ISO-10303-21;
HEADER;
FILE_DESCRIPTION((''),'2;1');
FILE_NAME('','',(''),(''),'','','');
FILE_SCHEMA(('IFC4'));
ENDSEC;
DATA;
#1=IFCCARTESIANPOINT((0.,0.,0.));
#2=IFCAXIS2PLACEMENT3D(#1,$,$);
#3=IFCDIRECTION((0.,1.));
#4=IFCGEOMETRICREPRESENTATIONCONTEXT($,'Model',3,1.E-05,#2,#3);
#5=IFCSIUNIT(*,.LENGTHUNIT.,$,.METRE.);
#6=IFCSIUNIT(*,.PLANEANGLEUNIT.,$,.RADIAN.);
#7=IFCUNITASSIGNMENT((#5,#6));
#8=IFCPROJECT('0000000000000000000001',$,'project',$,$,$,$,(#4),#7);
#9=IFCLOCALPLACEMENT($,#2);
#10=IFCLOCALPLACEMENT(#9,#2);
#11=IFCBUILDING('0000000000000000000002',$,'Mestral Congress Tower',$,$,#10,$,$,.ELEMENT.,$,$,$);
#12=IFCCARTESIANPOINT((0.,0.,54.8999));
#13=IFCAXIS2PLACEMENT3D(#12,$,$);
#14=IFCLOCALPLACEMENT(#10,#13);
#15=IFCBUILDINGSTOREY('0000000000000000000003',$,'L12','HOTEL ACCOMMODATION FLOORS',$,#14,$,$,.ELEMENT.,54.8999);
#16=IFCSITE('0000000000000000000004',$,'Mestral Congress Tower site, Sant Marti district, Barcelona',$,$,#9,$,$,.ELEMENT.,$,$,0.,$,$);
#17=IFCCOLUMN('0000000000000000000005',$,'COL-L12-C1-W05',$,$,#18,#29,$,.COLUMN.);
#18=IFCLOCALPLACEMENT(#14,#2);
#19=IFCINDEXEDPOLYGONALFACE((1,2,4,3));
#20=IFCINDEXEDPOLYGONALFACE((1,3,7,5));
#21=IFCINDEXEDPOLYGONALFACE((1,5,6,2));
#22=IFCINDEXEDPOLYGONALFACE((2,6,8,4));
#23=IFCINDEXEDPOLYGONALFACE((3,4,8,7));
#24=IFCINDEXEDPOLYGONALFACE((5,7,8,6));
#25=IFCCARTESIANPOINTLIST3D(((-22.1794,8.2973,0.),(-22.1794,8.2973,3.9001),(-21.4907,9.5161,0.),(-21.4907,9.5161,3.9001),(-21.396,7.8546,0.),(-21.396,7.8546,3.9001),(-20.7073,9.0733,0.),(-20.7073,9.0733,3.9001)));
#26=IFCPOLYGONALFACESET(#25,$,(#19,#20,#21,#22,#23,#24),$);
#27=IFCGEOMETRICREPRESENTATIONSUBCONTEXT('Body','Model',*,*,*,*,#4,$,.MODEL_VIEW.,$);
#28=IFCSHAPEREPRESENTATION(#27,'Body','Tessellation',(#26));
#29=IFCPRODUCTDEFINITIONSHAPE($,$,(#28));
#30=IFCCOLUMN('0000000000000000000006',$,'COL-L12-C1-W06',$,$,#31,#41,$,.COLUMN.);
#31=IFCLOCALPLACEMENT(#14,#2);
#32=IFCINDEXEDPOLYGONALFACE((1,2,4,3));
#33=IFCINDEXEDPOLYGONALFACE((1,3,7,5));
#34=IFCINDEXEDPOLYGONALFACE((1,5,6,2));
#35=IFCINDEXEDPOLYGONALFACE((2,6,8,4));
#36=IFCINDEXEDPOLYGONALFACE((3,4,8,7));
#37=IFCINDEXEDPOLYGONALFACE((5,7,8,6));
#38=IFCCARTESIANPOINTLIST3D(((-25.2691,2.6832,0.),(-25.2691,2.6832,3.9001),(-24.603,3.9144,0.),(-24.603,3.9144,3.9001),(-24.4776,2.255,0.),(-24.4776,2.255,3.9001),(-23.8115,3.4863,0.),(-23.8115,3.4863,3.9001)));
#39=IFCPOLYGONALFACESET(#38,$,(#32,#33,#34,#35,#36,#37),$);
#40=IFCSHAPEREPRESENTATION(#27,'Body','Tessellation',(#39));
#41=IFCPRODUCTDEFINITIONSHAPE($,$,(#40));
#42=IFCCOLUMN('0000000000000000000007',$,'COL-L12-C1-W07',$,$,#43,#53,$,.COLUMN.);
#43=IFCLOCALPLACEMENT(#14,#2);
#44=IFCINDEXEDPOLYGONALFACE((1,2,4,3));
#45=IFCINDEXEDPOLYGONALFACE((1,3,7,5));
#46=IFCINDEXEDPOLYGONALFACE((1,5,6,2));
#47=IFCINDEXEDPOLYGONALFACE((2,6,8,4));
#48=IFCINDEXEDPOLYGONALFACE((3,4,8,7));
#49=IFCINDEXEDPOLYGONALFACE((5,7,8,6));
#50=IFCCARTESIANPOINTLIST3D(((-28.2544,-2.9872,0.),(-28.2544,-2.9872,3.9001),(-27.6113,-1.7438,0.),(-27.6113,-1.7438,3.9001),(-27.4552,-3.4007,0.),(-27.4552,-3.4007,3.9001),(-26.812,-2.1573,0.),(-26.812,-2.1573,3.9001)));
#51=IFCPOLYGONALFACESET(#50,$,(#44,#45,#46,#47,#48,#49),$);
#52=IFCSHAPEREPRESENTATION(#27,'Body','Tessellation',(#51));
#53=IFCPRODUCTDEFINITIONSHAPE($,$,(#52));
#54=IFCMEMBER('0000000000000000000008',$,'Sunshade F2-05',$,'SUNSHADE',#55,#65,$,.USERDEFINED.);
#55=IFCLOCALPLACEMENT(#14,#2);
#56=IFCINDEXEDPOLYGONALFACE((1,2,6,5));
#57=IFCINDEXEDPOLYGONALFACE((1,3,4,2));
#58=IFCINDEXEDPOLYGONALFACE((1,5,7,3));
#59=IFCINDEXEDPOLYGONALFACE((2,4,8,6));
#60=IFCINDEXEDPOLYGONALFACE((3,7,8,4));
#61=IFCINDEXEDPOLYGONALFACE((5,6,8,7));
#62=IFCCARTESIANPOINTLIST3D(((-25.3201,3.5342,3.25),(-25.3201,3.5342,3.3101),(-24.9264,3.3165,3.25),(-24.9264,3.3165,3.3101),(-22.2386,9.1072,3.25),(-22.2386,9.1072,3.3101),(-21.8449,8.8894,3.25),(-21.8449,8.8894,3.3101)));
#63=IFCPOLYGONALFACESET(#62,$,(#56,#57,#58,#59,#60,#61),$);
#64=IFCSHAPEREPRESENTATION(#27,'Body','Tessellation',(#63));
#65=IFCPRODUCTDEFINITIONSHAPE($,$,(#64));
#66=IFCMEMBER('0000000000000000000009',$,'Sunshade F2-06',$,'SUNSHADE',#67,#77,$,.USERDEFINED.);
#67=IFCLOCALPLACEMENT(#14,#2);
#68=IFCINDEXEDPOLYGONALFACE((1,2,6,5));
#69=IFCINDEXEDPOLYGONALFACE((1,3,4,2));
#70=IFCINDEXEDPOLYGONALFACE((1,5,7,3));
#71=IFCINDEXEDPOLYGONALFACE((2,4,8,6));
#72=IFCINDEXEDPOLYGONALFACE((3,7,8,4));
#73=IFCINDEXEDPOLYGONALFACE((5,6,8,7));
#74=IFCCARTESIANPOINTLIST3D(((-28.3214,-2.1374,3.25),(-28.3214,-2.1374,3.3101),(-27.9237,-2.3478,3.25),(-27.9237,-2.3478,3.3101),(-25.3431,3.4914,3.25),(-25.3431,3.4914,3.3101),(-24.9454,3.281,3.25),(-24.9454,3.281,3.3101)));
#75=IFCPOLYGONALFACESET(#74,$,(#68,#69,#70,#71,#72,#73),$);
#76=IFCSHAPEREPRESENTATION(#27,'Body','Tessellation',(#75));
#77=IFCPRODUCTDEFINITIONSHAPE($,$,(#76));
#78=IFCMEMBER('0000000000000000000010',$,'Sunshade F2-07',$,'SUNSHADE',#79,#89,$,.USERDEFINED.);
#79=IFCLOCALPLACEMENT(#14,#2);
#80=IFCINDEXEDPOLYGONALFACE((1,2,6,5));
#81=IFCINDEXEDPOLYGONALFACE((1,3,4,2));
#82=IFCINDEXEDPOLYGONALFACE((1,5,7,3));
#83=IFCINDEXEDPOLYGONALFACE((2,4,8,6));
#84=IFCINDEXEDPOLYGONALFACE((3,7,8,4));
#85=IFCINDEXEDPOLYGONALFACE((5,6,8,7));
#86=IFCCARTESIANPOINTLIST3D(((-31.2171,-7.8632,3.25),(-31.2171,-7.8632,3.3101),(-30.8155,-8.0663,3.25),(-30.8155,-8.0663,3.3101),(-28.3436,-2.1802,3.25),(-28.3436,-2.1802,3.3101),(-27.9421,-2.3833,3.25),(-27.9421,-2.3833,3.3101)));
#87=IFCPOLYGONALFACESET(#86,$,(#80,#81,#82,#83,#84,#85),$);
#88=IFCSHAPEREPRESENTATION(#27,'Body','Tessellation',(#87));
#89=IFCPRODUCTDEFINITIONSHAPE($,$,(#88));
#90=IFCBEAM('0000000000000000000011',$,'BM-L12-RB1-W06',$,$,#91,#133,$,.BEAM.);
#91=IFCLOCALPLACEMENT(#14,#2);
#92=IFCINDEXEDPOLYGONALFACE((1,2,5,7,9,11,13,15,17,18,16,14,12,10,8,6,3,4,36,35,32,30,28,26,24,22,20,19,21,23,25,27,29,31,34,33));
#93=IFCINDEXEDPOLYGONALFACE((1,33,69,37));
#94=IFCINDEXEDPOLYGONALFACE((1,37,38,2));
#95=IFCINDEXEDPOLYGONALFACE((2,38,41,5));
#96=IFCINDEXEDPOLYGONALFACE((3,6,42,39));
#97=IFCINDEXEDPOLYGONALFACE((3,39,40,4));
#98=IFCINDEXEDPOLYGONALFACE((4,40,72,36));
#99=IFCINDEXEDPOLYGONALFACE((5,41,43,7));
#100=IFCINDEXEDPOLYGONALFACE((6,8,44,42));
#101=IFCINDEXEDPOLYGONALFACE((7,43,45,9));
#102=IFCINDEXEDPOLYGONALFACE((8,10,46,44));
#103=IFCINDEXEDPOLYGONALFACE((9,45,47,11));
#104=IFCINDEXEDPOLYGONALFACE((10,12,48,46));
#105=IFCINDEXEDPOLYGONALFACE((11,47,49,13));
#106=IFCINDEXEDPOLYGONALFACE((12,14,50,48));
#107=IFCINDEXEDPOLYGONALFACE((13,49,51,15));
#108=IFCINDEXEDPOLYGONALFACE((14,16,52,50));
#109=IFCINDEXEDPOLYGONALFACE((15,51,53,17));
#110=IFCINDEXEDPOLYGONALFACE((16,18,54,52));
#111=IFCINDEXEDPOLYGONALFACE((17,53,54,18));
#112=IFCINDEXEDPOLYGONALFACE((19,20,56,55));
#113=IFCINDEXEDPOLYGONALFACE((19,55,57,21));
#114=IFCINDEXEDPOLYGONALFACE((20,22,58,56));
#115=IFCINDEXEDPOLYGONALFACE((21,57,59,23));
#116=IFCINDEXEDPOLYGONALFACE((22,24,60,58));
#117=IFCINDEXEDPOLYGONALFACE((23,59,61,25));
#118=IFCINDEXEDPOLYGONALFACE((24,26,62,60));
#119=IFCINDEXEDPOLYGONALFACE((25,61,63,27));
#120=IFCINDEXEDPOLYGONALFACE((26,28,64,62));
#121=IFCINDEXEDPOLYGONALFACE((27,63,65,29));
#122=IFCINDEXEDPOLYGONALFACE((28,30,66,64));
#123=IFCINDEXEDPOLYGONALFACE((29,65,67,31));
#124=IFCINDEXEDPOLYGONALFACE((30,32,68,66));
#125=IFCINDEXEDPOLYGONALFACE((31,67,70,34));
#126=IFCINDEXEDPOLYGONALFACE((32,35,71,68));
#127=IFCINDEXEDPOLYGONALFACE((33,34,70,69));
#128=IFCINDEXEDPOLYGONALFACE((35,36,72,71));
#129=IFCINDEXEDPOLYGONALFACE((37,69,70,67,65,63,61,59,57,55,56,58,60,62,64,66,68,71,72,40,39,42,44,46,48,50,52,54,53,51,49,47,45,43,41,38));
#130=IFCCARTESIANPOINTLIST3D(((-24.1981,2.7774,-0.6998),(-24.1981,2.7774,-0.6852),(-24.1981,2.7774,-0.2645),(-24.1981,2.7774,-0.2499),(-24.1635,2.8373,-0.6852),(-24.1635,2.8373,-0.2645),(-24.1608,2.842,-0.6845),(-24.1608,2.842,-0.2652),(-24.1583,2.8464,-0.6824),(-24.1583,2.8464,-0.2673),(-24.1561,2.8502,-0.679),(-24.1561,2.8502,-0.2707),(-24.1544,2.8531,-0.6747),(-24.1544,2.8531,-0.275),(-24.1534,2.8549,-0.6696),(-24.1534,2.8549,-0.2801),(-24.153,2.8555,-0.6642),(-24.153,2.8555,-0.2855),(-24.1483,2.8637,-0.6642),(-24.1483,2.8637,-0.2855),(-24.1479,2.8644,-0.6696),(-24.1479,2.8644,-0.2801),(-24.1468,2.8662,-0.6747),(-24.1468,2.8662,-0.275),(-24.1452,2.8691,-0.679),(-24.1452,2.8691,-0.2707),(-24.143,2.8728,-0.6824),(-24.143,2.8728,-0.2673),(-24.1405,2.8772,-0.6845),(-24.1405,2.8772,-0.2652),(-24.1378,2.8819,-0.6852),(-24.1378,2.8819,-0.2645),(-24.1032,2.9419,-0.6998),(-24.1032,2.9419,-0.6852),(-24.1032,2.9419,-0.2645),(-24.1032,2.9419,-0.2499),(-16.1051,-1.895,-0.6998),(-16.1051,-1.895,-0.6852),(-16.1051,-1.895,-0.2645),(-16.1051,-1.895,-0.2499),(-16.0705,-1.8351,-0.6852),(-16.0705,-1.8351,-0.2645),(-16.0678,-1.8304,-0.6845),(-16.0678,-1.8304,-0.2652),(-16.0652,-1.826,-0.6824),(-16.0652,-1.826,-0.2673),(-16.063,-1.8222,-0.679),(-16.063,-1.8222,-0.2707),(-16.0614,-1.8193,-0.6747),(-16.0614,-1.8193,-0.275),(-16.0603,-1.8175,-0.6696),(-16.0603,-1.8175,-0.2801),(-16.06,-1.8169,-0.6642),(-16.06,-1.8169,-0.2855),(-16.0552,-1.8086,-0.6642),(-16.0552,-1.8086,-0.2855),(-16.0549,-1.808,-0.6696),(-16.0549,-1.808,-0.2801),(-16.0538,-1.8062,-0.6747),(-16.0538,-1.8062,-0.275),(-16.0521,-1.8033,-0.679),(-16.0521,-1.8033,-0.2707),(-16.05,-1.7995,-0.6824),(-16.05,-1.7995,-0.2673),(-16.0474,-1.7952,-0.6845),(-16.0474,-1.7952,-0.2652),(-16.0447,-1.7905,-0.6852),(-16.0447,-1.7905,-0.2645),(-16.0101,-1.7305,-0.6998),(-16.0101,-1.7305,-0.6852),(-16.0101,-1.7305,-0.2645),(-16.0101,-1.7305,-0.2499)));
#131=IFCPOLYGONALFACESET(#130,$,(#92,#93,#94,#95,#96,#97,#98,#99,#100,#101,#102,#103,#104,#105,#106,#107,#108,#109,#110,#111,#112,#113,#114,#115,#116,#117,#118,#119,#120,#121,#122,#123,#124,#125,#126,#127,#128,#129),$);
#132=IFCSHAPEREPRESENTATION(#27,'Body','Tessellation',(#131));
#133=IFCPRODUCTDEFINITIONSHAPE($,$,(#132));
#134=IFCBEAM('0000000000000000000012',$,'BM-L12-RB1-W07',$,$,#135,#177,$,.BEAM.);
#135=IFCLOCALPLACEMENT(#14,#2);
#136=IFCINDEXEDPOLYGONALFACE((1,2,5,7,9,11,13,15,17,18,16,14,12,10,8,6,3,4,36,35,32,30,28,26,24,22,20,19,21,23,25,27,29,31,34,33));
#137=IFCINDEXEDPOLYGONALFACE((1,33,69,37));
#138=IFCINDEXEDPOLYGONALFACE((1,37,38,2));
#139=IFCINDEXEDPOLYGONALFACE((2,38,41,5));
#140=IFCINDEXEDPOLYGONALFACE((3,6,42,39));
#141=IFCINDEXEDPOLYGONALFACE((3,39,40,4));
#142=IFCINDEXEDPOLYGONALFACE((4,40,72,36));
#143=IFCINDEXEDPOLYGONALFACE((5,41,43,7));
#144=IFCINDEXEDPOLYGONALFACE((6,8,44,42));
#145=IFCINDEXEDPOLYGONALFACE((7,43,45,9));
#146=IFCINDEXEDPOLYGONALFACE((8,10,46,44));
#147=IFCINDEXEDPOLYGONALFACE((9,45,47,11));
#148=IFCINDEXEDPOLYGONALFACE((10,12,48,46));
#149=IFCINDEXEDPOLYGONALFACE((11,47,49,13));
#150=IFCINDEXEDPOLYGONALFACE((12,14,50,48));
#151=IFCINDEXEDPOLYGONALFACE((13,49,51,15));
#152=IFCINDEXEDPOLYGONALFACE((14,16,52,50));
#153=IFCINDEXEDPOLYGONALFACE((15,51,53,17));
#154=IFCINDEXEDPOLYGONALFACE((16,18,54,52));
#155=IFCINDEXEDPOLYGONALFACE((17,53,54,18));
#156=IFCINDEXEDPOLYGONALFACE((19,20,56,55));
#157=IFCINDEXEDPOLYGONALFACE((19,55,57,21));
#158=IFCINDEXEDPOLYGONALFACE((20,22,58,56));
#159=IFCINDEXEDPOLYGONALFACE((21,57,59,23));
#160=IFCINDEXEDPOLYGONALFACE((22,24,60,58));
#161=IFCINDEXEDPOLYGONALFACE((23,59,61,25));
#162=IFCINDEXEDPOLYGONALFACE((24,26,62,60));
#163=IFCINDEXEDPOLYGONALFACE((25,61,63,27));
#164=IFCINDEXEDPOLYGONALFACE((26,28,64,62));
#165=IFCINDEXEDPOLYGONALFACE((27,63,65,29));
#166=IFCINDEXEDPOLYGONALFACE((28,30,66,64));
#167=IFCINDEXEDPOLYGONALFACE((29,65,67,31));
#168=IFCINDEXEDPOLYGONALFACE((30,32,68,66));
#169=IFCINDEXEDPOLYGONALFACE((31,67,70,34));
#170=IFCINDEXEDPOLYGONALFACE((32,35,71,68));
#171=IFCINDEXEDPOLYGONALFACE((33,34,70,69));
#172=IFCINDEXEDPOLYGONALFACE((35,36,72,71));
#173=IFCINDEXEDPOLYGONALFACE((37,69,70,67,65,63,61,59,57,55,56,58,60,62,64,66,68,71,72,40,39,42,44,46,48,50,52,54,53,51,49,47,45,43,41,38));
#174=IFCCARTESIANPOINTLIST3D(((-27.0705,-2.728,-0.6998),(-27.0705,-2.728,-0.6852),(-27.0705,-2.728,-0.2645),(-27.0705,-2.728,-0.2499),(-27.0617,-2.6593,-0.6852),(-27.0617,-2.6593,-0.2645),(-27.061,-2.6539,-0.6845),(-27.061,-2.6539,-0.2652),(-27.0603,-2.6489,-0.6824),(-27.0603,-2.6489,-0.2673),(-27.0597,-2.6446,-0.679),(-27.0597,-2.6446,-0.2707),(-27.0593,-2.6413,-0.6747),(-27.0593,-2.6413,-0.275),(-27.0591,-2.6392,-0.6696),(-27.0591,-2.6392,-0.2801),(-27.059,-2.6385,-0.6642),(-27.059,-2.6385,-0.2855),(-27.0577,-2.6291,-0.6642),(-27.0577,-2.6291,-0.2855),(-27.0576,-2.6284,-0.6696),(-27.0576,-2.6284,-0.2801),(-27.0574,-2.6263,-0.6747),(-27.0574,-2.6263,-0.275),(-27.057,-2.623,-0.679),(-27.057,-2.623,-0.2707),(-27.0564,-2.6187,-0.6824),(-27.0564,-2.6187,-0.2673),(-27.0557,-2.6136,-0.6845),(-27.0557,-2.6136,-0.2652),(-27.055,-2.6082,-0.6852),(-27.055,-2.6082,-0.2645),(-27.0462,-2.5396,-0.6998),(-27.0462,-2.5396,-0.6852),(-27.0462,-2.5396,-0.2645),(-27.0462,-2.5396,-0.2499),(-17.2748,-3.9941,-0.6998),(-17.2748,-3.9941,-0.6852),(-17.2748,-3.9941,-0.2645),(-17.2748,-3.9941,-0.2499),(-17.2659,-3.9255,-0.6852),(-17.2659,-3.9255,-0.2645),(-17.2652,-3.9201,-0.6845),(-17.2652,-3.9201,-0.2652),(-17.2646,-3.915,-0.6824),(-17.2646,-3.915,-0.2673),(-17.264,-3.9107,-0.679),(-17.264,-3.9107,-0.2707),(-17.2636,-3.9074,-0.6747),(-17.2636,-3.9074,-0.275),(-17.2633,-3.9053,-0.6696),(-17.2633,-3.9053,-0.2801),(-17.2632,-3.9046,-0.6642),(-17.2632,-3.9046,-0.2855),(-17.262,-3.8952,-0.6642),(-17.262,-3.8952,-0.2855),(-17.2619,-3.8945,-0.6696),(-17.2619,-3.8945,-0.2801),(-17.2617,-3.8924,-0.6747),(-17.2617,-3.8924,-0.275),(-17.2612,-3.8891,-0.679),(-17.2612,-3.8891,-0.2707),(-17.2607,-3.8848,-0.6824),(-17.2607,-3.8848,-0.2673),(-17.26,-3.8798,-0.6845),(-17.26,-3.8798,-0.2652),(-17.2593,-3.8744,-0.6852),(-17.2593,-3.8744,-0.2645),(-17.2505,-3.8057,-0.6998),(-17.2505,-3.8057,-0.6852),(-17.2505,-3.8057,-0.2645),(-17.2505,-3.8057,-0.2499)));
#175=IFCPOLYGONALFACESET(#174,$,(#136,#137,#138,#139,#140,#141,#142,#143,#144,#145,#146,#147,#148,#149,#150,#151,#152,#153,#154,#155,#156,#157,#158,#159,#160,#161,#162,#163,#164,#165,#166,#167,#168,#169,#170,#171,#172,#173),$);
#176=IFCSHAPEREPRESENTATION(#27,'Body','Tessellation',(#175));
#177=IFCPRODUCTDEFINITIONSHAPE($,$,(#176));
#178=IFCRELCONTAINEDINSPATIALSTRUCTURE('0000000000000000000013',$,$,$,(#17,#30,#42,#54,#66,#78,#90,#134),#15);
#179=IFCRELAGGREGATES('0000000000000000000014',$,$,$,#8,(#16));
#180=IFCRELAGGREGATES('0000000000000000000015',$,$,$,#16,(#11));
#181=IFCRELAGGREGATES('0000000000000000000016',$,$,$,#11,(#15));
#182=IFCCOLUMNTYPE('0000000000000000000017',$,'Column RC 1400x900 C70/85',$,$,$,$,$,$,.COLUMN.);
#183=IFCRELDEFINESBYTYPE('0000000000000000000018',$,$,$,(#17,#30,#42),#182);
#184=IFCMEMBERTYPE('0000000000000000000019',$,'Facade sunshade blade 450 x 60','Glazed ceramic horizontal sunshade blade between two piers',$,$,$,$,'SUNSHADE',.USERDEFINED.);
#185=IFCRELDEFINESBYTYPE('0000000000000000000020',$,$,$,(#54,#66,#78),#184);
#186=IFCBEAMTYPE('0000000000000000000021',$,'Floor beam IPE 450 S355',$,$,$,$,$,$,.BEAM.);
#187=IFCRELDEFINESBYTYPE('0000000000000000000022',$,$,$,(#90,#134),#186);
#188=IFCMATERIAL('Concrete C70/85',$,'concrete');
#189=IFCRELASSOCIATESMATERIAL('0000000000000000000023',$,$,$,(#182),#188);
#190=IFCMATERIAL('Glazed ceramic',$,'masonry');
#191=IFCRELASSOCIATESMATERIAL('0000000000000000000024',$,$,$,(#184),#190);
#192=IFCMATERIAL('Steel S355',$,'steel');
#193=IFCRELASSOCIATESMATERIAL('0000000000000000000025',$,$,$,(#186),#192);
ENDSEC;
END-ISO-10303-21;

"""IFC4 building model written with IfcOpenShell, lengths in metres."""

from ifc_helpers import new_model, si_unit, direction, frame, origin, origin_2d, place, context, subcontext, project, spatial, rectangle, i_section, extrude, material, material_profile, profile_set, type_object, element, save


model = new_model("IFC4")

# Units and contexts
model_context = context("Model", 3, precision=1e-05, world=origin(), true_north=direction((0.0, 1.0)))
body_context = subcontext(model_context, "Body", "Model", "MODEL_VIEW")
ifc_project = project(units=[si_unit("LENGTHUNIT", "METRE"), si_unit("PLANEANGLEUNIT", "RADIAN")], contexts=[model_context])

# Site, building, storey
site_placement = place(None, origin())
site = spatial("IfcSite", under=ifc_project, at=site_placement, Name="Mestral Congress Tower site, Sant Marti district, Barcelona", CompositionType="ELEMENT", RefElevation=0.0)
building_placement = place(site_placement, origin())
building = spatial("IfcBuilding", under=site, at=building_placement, Name="Mestral Congress Tower", CompositionType="ELEMENT")
storey_placement = place(building_placement, frame((0.0, 0.0, 54.8999)))
storey = spatial("IfcBuildingStorey", under=building, at=storey_placement, Name="L12", Description="HOTEL ACCOMMODATION FLOORS", CompositionType="ELEMENT", Elevation=54.8999)

# Columns
ifc_material_1 = material(Name="Concrete C70/85", Category="concrete")
ifc_material_profile_1 = material_profile(ifc_material_1, rectangle(XDim=1.3999, YDim=0.8999, at=origin_2d()), Name="RC 1400x900")
ifc_profile_set_1 = profile_set([ifc_material_profile_1], Name="Concrete C70/85")
column_type = type_object("IfcColumnType", Name="Column RC 1400x900 C70/85", PredefinedType="COLUMN", material=ifc_profile_set_1)
for number, where, z_axis, x_axis, name in (
    (1, (-21.4434, 8.6853, 0.0), (0.0, 0.0, 1.0), (-0.491974, -0.87061, 0.0), "COL-L12-C1-W05"),
    (2, (-24.5403, 3.0847, 0.0), (0.0, 0.0, 1.0), (-0.475796, -0.879556, 0.0), "COL-L12-C1-W06"),
    (3, (-27.5332, -2.5723, 0.0), (0.0, 0.0, 1.0), (-0.459456, -0.888201, 0.0), "COL-L12-C1-W07"),
):
    element("IfcColumn", number, at=place(storey_placement, frame(where, z_axis=z_axis, x_axis=x_axis)), inside=storey, type_object=column_type, Name=name, PredefinedType="COLUMN", context=body_context, shape_type="SweptSolid", body=[
        extrude(rectangle(XDim=1.3999, YDim=0.8999, at=origin_2d()), origin(), (0.0, 0.0, 1.0), 3.9001),
    ])

# Members
ifc_material_2 = material(Name="Glazed ceramic", Category="masonry")
ifc_material_profile_2 = material_profile(ifc_material_2, rectangle(XDim=0.45, YDim=0.0601, at=origin_2d()), Name="Ceramic blade 450 x 60")
ifc_profile_set_2 = profile_set([ifc_material_profile_2], Name="Glazed ceramic")
member_type = type_object("IfcMemberType", Name="Facade sunshade blade 450 x 60", Description="Glazed ceramic horizontal sunshade blade between two piers", ElementType="SUNSHADE", PredefinedType="USERDEFINED", material=ifc_profile_set_2)
for number, where, z_axis, x_axis, name in (
    (4, (-22.0417, 8.9983, 3.28), (-0.483894, -0.875127, 0.0), (0.875127, -0.483894, 0.0), "Sunshade F2-05"),
    (5, (-25.1443, 3.3862, 3.28), (-0.467675, -0.883901, 0.0), (0.883901, -0.467675, 0.0), "Sunshade F2-06"),
    (6, (-28.1428, -2.2817, 3.28), (-0.451227, -0.892409, 0.0), (0.892409, -0.451227, 0.0), "Sunshade F2-07"),
):
    element("IfcMember", number, at=place(storey_placement, frame(where, z_axis=z_axis, x_axis=x_axis)), inside=storey, type_object=member_type, Name=name, ObjectType="SUNSHADE", PredefinedType="USERDEFINED", context=body_context, shape_type="SweptSolid", body=[
        extrude(rectangle(XDim=0.45, YDim=0.0601, at=origin_2d()), origin(), (0.0, 0.0, 1.0), 6.3682),
    ])

# Beams
ifc_material_3 = material(Name="Steel S355", Category="steel")
ifc_material_profile_3 = material_profile(ifc_material_3, i_section(OverallWidth=0.1899, OverallDepth=0.45, WebThickness=0.0095, FlangeThickness=0.0146, FilletRadius=0.021, at=origin_2d()), Name="IPE 450")
ifc_profile_set_3 = profile_set([ifc_material_profile_3], Name="Steel S355")
beam_type_1 = type_object("IfcBeamType", Name="Floor beam IPE 450 S355", PredefinedType="BEAM", material=ifc_profile_set_3)
beam_1_placement = place(storey_placement, frame((-24.1506, 2.8596, -0.4749), z_axis=(0.866032, -0.499989, 0.0), x_axis=(0.499989, 0.866032, 0.0)))
element("IfcBeam", 7, at=beam_1_placement, inside=storey, type_object=beam_type_1, Name="BM-L12-RB1-W06", PredefinedType="BEAM", context=body_context, shape_type="SweptSolid", body=[
    extrude(i_section(OverallWidth=0.1899, OverallDepth=0.45, WebThickness=0.0095, FlangeThickness=0.0146, FilletRadius=0.021, at=origin_2d()), origin(), (0.0, 0.0, 1.0), 9.345),
])
beam_2_placement = place(storey_placement, frame((-27.0583, -2.6338, -0.4749), z_axis=(0.99175, -0.128186, 0.0), x_axis=(0.128186, 0.99175, 0.0)))
element("IfcBeam", 8, at=beam_2_placement, inside=storey, type_object=beam_type_1, Name="BM-L12-RB1-W07", PredefinedType="BEAM", context=body_context, shape_type="SweptSolid", body=[
    extrude(i_section(OverallWidth=0.1899, OverallDepth=0.45, WebThickness=0.0095, FlangeThickness=0.0146, FilletRadius=0.021, at=origin_2d()), origin(), (0.0, 0.0, 1.0), 9.8772),
])

save(model, "model.ifc")
